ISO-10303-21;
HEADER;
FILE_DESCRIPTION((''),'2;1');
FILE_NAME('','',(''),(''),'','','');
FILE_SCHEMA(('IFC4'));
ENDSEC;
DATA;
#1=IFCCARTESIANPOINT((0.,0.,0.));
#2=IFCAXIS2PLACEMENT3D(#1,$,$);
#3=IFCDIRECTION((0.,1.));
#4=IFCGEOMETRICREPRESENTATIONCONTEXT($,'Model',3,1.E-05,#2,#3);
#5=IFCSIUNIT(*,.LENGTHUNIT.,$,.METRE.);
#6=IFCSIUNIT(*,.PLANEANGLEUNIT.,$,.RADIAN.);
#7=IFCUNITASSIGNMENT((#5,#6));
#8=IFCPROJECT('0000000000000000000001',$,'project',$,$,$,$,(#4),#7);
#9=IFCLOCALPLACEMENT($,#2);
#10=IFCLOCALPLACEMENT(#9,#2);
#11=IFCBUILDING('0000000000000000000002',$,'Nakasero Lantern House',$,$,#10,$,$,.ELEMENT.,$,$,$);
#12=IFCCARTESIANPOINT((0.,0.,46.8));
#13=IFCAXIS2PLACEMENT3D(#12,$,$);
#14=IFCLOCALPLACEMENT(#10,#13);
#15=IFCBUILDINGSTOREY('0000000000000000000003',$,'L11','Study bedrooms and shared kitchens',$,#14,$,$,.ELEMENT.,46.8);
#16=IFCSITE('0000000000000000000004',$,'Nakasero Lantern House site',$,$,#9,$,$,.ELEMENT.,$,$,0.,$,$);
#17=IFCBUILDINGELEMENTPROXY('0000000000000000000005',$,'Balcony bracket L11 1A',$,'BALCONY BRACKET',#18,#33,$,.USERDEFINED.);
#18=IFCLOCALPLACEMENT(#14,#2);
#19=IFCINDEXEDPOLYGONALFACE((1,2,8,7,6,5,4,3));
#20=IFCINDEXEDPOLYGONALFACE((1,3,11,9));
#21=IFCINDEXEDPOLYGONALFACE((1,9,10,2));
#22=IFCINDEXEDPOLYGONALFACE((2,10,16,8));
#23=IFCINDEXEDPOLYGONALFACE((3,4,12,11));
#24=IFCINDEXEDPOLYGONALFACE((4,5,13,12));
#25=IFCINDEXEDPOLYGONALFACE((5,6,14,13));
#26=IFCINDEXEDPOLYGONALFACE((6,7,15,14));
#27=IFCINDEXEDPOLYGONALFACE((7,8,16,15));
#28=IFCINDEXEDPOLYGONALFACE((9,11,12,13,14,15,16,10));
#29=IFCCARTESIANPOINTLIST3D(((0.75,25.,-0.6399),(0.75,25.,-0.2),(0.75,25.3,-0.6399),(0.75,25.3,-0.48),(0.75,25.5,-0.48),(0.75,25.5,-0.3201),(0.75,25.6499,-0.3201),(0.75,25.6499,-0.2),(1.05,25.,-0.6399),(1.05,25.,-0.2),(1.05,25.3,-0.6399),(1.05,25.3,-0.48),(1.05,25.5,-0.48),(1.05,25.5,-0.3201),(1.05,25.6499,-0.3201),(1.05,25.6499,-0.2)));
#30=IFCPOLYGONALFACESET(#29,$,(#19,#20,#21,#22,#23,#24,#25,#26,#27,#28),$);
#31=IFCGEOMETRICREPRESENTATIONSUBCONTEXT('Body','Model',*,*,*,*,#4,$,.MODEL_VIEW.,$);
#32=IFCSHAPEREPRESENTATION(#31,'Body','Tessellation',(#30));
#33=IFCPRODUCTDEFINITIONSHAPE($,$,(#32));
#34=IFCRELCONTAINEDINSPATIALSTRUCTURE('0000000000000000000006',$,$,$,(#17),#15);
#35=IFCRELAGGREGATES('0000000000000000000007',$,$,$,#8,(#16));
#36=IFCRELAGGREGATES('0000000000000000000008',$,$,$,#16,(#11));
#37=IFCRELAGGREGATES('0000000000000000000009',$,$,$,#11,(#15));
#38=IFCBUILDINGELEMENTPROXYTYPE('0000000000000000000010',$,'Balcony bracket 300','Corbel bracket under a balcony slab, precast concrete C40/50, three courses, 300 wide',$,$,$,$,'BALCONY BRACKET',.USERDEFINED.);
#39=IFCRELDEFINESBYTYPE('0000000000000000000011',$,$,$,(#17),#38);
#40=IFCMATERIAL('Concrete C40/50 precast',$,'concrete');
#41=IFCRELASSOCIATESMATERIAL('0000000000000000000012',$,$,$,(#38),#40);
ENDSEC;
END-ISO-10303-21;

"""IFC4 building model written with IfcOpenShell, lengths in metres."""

from ifc_helpers import new_model, si_unit, direction, frame, origin, place, context, subcontext, project, spatial, polyline, outline, extrude, material, type_object, element, save


model = new_model("IFC4")

# Units and contexts
model_context = context("Model", 3, precision=1e-05, world=origin(), true_north=direction((0.0, 1.0)))
body_context = subcontext(model_context, "Body", "Model", "MODEL_VIEW")
ifc_project = project(units=[si_unit("LENGTHUNIT", "METRE"), si_unit("PLANEANGLEUNIT", "RADIAN")], contexts=[model_context])

# Site, building, storey
site_placement = place(None, origin())
site = spatial("IfcSite", under=ifc_project, at=site_placement, Name="Nakasero Lantern House site", CompositionType="ELEMENT", RefElevation=0.0)
building_placement = place(site_placement, origin())
building = spatial("IfcBuilding", under=site, at=building_placement, Name="Nakasero Lantern House", CompositionType="ELEMENT")
storey_placement = place(building_placement, frame((0.0, 0.0, 46.8)))
storey = spatial("IfcBuildingStorey", under=building, at=storey_placement, Name="L11", Description="Study bedrooms and shared kitchens", CompositionType="ELEMENT", Elevation=46.8)

# Building element proxy
ifc_material_1 = material(Name="Concrete C40/50 precast", Category="concrete")
building_element_proxy_type = type_object("IfcBuildingElementProxyType", Name="Balcony bracket 300", Description="Corbel bracket under a balcony slab, precast concrete C40/50, three courses, 300 wide", ElementType="BALCONY BRACKET", PredefinedType="USERDEFINED", material=ifc_material_1)
proxy_placement = place(storey_placement, frame((0.8999, 25.0, -0.2), z_axis=(0.0, 0.0, 1.0), x_axis=(0.0, 1.0, 0.0)))
element("IfcBuildingElementProxy", 1, at=proxy_placement, inside=storey, type_object=building_element_proxy_type, Name="Balcony bracket L11 1A", ObjectType="BALCONY BRACKET", PredefinedType="USERDEFINED", context=body_context, shape_type="SweptSolid", body=[
    extrude(outline(polyline([(0.0, 0.0), (0.6499, 0.0), (0.6499, -0.1201), (0.5, -0.1201), (0.5, -0.28), (0.3, -0.28), (0.3, -0.4399), (0.0, -0.4399), (0.0, 0.0)])), frame((0.0, 0.1499, 0.0), z_axis=(0.0, -1.0, 0.0), x_axis=(1.0, 0.0, 0.0)), (0.0, 0.0, 1.0), 0.3),
])

save(model, "model.ifc")
